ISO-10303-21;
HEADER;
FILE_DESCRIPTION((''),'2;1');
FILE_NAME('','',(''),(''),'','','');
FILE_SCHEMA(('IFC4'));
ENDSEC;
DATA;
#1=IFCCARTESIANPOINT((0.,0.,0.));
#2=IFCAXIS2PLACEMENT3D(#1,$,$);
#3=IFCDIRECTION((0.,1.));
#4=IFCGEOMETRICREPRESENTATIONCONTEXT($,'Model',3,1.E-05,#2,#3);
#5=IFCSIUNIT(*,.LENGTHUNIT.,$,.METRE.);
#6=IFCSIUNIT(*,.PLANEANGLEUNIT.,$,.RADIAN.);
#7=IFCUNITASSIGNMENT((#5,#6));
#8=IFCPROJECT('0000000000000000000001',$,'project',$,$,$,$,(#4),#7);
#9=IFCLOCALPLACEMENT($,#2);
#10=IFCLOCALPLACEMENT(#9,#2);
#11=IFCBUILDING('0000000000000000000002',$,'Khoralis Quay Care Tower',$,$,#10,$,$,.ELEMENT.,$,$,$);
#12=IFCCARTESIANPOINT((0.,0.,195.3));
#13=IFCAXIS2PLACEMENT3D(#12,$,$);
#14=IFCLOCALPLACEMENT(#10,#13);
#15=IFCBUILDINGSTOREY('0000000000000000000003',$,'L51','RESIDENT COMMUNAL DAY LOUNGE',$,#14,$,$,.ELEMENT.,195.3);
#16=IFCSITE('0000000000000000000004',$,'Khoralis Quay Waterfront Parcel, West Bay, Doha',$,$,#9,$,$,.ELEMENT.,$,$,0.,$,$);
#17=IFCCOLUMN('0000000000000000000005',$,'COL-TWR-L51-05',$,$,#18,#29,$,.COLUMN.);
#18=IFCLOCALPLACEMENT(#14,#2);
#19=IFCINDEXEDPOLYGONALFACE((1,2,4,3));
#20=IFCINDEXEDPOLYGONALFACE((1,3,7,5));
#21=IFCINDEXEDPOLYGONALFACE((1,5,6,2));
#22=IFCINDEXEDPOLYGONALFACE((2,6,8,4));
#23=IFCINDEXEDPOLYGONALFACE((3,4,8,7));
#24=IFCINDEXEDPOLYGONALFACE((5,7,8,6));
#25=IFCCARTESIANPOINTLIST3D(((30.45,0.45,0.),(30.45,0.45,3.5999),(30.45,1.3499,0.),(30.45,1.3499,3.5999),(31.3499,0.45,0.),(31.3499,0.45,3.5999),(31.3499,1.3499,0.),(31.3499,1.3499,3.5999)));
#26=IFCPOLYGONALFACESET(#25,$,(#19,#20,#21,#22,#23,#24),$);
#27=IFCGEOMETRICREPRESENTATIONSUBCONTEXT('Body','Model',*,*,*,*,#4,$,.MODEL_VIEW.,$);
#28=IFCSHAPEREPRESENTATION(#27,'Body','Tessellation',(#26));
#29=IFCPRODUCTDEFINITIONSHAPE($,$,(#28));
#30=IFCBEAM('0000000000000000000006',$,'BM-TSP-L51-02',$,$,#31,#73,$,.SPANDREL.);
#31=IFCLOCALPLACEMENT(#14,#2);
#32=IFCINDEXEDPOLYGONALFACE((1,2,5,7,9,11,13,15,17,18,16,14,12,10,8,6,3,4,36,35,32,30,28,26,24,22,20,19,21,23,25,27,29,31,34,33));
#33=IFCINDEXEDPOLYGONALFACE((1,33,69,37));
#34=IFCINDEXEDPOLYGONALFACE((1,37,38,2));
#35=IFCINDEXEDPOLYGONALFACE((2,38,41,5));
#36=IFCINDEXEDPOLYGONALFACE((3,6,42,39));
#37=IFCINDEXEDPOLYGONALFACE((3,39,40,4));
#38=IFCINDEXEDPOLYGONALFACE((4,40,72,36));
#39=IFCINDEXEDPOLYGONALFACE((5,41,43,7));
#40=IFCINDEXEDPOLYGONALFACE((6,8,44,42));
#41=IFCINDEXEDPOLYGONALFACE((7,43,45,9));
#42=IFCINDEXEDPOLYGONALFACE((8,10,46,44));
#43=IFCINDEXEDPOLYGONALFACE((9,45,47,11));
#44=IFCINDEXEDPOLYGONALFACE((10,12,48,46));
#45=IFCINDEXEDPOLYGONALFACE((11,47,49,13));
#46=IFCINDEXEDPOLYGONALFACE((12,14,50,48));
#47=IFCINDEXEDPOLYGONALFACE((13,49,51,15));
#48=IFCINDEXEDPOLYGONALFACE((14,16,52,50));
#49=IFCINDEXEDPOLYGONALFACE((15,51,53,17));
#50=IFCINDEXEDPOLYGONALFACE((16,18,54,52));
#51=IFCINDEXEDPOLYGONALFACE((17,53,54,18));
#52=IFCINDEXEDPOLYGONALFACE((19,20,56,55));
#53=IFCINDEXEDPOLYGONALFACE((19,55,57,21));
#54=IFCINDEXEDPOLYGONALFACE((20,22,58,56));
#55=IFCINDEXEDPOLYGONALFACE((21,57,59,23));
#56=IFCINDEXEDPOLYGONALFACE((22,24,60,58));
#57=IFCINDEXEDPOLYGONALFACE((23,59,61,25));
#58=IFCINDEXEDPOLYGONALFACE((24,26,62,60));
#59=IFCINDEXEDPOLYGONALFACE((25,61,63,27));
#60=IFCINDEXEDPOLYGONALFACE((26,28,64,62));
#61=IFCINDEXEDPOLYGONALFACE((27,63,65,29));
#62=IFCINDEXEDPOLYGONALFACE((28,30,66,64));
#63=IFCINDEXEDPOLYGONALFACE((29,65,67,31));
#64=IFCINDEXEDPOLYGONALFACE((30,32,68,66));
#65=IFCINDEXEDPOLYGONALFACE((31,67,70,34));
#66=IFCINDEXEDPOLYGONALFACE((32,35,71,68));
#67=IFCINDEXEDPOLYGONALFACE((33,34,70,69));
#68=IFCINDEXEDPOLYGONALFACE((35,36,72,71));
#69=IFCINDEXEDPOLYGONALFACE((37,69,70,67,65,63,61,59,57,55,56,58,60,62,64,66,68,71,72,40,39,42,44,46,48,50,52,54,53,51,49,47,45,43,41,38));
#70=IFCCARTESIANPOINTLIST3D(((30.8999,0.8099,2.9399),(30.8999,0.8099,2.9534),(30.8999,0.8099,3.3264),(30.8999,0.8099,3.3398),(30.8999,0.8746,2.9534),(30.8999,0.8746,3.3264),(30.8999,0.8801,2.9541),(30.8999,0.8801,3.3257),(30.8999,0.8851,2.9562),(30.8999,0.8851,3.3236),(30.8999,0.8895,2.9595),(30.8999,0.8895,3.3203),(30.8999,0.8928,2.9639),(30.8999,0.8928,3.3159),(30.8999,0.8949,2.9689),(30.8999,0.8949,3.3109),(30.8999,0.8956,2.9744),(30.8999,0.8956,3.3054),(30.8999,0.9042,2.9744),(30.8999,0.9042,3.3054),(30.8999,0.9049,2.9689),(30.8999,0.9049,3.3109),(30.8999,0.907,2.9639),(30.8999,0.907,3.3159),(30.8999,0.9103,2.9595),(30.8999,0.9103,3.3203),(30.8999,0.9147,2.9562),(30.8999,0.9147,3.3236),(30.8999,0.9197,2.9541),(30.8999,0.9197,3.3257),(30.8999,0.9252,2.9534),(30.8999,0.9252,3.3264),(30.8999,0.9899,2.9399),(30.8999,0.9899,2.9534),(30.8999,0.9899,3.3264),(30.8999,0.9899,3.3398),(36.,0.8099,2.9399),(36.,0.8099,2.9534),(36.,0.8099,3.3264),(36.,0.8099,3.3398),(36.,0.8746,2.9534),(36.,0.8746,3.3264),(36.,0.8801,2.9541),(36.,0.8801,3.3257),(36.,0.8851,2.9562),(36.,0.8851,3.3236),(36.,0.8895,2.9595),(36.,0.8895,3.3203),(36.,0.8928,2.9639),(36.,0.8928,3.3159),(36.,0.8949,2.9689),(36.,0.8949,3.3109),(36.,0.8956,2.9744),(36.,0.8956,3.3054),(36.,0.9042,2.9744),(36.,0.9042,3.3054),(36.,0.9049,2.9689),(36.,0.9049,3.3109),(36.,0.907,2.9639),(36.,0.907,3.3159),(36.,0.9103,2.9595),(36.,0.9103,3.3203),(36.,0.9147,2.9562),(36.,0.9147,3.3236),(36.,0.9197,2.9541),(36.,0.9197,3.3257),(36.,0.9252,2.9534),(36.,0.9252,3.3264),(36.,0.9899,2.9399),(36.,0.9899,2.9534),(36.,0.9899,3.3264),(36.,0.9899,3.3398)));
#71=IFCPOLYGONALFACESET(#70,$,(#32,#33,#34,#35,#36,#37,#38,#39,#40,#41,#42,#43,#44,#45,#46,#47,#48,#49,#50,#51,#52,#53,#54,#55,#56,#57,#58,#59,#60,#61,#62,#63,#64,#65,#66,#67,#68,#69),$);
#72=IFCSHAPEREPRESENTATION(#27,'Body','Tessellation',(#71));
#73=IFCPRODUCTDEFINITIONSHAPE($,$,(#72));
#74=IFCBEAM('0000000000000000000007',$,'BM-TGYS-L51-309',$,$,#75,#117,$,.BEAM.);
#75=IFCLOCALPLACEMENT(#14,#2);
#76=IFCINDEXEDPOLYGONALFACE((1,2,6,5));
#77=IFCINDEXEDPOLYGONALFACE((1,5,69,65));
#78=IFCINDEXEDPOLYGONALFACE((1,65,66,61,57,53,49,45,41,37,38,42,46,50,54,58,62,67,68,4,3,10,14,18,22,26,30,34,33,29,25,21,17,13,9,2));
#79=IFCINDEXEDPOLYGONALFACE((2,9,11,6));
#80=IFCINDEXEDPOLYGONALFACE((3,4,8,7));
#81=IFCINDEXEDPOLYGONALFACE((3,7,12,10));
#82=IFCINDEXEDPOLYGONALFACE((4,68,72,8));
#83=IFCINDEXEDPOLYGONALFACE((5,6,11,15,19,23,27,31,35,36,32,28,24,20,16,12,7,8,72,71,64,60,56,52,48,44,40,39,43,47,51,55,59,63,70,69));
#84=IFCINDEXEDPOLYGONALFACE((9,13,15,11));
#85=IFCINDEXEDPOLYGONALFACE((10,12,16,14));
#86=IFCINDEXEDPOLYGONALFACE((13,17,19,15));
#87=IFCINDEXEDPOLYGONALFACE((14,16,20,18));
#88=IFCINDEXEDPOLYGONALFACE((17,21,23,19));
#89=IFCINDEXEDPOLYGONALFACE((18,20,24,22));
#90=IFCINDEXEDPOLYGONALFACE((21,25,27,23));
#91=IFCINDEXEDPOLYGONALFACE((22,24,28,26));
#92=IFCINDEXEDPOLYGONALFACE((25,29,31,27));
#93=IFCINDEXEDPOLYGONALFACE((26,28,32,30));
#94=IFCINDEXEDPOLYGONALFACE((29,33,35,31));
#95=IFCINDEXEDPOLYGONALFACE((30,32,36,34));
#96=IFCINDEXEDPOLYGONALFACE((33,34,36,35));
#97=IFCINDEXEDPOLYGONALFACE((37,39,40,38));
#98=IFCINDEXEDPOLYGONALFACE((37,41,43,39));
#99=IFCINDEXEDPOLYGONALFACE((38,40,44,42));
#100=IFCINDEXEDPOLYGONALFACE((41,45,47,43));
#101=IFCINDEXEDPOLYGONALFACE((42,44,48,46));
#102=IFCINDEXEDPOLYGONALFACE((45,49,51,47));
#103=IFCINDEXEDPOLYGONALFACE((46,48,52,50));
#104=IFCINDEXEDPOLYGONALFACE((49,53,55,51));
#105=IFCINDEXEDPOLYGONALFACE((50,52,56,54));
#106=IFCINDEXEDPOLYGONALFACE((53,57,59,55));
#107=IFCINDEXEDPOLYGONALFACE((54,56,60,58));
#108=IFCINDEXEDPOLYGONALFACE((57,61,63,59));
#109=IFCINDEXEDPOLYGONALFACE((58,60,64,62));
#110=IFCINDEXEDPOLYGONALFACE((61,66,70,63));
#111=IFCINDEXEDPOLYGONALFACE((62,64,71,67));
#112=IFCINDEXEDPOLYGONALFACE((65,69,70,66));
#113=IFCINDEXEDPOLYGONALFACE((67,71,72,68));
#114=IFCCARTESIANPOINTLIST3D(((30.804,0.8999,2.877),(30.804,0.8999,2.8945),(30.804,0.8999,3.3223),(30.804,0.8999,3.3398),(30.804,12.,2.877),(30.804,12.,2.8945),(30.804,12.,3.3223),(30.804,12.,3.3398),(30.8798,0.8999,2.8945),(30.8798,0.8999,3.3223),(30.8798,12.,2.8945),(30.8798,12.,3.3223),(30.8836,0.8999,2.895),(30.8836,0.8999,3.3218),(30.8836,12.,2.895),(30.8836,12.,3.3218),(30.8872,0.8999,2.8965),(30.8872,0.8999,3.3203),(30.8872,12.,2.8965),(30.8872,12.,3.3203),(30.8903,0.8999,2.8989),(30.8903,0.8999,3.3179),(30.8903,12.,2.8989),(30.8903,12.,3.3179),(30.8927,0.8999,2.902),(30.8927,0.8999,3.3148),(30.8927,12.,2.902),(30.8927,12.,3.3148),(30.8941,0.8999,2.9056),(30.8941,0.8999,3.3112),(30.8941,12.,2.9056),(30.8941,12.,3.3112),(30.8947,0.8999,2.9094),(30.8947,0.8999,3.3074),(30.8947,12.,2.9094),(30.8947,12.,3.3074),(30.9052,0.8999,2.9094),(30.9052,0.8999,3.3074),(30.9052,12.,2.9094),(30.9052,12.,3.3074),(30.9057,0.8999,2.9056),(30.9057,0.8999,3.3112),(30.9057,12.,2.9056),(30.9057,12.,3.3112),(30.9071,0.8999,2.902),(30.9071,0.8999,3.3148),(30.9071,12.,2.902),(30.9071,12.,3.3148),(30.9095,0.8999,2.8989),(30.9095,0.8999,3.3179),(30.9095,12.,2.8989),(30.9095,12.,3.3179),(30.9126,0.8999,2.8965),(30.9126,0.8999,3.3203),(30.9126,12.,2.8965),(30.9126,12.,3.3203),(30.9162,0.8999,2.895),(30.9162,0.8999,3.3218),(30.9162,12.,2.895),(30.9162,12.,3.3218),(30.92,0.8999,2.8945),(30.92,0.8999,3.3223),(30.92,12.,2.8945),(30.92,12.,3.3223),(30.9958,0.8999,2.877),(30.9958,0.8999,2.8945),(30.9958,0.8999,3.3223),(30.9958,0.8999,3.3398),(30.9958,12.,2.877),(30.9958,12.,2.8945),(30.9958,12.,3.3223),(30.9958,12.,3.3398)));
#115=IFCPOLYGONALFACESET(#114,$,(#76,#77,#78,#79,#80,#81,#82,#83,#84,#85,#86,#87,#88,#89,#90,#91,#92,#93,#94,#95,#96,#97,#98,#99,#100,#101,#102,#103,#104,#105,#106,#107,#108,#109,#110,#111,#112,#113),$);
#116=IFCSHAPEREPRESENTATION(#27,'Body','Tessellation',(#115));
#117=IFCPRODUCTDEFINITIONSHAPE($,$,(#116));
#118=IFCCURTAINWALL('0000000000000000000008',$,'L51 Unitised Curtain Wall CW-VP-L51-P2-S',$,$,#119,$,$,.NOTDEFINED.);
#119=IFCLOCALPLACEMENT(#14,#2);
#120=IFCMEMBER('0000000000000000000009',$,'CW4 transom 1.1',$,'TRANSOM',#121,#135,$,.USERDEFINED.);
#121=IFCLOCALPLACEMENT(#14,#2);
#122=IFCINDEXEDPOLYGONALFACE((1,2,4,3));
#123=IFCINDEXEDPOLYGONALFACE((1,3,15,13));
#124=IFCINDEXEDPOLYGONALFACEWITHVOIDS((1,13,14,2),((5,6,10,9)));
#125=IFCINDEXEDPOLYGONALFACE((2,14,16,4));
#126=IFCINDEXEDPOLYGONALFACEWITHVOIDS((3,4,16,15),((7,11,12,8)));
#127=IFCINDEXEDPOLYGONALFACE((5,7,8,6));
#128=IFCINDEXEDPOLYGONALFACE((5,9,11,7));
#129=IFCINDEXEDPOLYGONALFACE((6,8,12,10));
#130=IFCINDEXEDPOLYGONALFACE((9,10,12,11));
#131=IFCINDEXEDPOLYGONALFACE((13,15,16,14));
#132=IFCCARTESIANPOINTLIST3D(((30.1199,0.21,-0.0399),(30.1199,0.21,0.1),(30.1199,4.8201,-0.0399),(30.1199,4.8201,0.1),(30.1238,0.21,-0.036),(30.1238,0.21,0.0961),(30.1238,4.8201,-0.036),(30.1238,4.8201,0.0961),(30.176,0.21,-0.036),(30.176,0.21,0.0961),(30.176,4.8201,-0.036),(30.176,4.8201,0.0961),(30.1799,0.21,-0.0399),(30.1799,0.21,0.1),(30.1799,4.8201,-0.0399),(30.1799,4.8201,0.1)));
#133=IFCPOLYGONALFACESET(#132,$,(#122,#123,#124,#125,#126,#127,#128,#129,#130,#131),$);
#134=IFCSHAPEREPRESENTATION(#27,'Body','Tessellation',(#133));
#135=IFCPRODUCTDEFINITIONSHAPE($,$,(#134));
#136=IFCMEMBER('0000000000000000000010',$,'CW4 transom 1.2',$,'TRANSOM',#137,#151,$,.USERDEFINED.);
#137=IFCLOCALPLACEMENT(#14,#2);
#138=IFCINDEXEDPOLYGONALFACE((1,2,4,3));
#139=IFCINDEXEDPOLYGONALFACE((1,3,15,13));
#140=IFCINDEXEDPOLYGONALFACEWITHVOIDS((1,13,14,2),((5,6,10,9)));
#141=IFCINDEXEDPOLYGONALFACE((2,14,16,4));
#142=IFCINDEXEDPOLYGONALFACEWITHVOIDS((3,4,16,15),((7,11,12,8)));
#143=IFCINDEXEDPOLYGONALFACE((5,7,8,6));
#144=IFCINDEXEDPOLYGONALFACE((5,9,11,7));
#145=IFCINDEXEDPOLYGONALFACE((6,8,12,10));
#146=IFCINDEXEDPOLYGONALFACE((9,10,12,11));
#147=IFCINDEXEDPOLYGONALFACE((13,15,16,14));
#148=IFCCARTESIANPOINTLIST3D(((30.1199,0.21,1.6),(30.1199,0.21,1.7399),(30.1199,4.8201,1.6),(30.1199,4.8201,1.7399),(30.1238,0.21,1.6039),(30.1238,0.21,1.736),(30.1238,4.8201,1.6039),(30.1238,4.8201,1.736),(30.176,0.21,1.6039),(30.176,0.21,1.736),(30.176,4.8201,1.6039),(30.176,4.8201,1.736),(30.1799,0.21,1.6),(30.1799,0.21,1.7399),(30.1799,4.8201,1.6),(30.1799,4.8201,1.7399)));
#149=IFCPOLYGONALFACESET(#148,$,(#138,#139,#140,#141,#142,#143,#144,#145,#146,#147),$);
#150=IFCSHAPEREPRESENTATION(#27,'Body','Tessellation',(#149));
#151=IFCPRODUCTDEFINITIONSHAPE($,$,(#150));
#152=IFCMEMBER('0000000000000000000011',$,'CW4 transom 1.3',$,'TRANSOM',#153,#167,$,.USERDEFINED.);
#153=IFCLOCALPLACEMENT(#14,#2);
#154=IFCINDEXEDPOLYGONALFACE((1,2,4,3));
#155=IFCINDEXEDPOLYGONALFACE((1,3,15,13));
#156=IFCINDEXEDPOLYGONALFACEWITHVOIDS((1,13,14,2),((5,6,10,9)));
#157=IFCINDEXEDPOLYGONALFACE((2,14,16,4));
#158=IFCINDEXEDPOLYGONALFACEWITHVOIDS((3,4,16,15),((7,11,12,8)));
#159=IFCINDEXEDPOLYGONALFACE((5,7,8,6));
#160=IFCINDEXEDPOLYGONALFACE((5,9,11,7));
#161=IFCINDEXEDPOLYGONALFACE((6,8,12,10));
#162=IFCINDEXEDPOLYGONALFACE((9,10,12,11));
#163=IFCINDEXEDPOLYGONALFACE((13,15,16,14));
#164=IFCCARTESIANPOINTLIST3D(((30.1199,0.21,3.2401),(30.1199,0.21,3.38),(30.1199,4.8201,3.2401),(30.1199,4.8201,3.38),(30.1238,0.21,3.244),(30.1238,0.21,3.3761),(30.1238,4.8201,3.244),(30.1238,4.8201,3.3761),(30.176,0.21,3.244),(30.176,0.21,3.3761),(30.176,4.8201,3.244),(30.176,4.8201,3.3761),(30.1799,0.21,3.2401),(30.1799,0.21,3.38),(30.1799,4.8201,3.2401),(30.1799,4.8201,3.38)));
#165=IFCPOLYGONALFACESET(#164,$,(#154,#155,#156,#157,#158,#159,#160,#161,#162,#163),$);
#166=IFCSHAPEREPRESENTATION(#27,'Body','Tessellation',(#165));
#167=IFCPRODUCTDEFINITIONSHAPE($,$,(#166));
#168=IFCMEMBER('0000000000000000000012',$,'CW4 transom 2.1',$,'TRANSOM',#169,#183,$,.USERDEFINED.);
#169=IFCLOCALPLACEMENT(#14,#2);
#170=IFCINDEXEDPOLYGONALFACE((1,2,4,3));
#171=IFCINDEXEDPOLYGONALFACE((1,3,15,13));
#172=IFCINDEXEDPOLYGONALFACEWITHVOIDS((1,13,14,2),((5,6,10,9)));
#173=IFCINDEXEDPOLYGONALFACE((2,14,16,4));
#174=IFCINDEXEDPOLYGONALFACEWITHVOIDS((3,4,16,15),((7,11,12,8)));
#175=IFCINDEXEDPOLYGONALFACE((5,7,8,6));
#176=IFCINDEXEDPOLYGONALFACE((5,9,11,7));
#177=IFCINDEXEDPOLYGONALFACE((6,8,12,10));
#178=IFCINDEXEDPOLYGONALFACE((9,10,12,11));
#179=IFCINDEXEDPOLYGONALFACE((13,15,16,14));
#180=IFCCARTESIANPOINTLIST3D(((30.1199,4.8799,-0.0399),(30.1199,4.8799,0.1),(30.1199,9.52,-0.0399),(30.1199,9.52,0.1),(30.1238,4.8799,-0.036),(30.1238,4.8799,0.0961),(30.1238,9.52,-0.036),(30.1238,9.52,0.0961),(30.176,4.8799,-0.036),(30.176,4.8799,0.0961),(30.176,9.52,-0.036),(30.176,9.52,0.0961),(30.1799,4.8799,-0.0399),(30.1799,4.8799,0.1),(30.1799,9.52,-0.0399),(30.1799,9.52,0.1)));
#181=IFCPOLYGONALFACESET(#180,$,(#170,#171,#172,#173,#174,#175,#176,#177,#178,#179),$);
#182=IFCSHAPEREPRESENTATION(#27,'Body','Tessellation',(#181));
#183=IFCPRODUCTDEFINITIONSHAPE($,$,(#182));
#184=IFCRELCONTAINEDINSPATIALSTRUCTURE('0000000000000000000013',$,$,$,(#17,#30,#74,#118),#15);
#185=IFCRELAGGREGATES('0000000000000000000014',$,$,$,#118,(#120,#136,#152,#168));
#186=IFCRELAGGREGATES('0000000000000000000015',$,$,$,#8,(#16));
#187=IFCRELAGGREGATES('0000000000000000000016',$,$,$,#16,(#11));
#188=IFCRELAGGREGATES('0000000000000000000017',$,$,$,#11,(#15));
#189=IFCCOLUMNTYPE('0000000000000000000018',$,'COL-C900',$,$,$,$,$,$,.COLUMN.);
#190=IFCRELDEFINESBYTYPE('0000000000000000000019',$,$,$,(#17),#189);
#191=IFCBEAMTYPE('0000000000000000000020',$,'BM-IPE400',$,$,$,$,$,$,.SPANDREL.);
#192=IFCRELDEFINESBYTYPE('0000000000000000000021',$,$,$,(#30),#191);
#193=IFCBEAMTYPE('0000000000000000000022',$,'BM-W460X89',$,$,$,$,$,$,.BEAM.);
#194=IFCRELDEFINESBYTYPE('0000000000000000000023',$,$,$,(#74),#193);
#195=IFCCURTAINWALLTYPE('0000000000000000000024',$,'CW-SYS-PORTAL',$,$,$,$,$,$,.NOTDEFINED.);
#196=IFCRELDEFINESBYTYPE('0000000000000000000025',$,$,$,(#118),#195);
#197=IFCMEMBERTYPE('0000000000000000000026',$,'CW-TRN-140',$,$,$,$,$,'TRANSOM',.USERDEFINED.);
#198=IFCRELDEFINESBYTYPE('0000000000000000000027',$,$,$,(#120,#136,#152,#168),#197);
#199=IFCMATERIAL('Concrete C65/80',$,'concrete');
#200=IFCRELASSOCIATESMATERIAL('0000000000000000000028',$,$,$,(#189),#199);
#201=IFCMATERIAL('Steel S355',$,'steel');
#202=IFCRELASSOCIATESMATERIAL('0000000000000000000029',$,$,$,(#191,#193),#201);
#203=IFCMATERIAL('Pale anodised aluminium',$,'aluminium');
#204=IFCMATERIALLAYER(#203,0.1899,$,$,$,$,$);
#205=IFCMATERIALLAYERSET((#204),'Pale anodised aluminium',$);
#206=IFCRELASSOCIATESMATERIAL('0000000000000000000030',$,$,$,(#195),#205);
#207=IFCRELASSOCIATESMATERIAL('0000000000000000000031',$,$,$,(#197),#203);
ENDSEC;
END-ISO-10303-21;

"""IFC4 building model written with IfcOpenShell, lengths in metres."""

from ifc_helpers import new_model, si_unit, direction, frame, origin, origin_2d, place, context, subcontext, project, spatial, rectangle, hollow_rectangle, i_section, extrude, source, transform, mapped, material, layer, layer_set, material_profile, profile_set, type_object, element, aggregate, save


model = new_model("IFC4")

# Units and contexts
model_context = context("Model", 3, precision=1e-05, world=origin(), true_north=direction((0.0, 1.0)))
body_context = subcontext(model_context, "Body", "Model", "MODEL_VIEW")
ifc_project = project(units=[si_unit("LENGTHUNIT", "METRE"), si_unit("PLANEANGLEUNIT", "RADIAN")], contexts=[model_context])

# Site, building, storey
site_placement = place(None, origin())
site = spatial("IfcSite", under=ifc_project, at=site_placement, Name="Khoralis Quay Waterfront Parcel, West Bay, Doha", CompositionType="ELEMENT", RefElevation=0.0)
building_placement = place(site_placement, origin())
building = spatial("IfcBuilding", under=site, at=building_placement, Name="Khoralis Quay Care Tower", CompositionType="ELEMENT")
storey_placement = place(building_placement, frame((0.0, 0.0, 195.3)))
storey = spatial("IfcBuildingStorey", under=building, at=storey_placement, Name="L51", Description="RESIDENT COMMUNAL DAY LOUNGE", CompositionType="ELEMENT", Elevation=195.3)

# Column
ifc_material_1 = material(Name="Concrete C65/80", Category="concrete")
ifc_material_profile_1 = material_profile(ifc_material_1, rectangle(XDim=0.8999, YDim=0.8999, at=origin_2d()), Name="Concrete C65/80")
ifc_profile_set_1 = profile_set([ifc_material_profile_1], Name="Concrete C65/80")
column_type = type_object("IfcColumnType", Name="COL-C900", PredefinedType="COLUMN", material=ifc_profile_set_1)
shared_shape_1 = source(origin(), body_context, "Body", "SweptSolid", [
    extrude(rectangle(XDim=0.8999, YDim=0.8999, at=origin_2d()), origin(), (0.0, 0.0, 1.0), 3.5999),
])
column_placement = place(storey_placement, frame((30.8999, 0.8999, 0.0), z_axis=(0.0, 0.0, 1.0), x_axis=(1.0, 0.0, 0.0)))
element("IfcColumn", 1, at=column_placement, inside=storey, type_object=column_type, Name="COL-TWR-L51-05", PredefinedType="COLUMN", context=body_context, shape_type="MappedRepresentation", body=[
    mapped(shared_shape_1, transform((0.0, 0.0, 0.0), scale=1.0)),
])

# Beams
ifc_material_2 = material(Name="Steel S355", Category="steel")
ifc_material_profile_2 = material_profile(ifc_material_2, i_section(OverallWidth=0.1799, OverallDepth=0.3999, WebThickness=0.0085, FlangeThickness=0.0134, FilletRadius=0.021, at=origin_2d()), Name="Steel S355")
ifc_profile_set_2 = profile_set([ifc_material_profile_2], Name="Steel S355")
beam_type_1 = type_object("IfcBeamType", Name="BM-IPE400", PredefinedType="SPANDREL", material=ifc_profile_set_2)
shared_shape_2 = source(origin(), body_context, "Body", "SweptSolid", [
    extrude(i_section(OverallWidth=0.1799, OverallDepth=0.3999, WebThickness=0.0085, FlangeThickness=0.0134, FilletRadius=0.021, at=origin_2d()), origin(), (0.0, 0.0, 1.0), 5.1001),
])
beam_1_placement = place(storey_placement, frame((30.8999, 0.8999, 3.1399), z_axis=(1.0, 0.0, 0.0), x_axis=(0.0, 1.0, 0.0)))
element("IfcBeam", 2, at=beam_1_placement, inside=storey, type_object=beam_type_1, Name="BM-TSP-L51-02", PredefinedType="SPANDREL", context=body_context, shape_type="MappedRepresentation", body=[
    mapped(shared_shape_2, transform((0.0, 0.0, 0.0), scale=1.0)),
])
ifc_material_profile_3 = material_profile(ifc_material_2, i_section(OverallWidth=0.1919, OverallDepth=0.4629, WebThickness=0.0105, FlangeThickness=0.0176, FilletRadius=0.0149, at=origin_2d()), Name="Steel S355")
ifc_profile_set_3 = profile_set([ifc_material_profile_3], Name="Steel S355")
beam_type_2 = type_object("IfcBeamType", Name="BM-W460X89", PredefinedType="BEAM", material=ifc_profile_set_3)
shared_shape_3 = source(origin(), body_context, "Body", "SweptSolid", [
    extrude(i_section(OverallWidth=0.1919, OverallDepth=0.4629, WebThickness=0.0105, FlangeThickness=0.0176, FilletRadius=0.0149, at=origin_2d()), origin(), (0.0, 0.0, 1.0), 11.1001),
])
beam_2_placement = place(storey_placement, frame((30.8999, 0.8999, 3.1084), z_axis=(0.0, 1.0, 0.0), x_axis=(-1.0, 0.0, 0.0)))
element("IfcBeam", 3, at=beam_2_placement, inside=storey, type_object=beam_type_2, Name="BM-TGYS-L51-309", PredefinedType="BEAM", context=body_context, shape_type="MappedRepresentation", body=[
    mapped(shared_shape_3, transform((0.0, 0.0, 0.0), scale=1.0)),
])

# Curtain wall, members
ifc_material_3 = material(Name="Pale anodised aluminium", Category="aluminium")
ifc_layer_1 = layer(ifc_material_3, 0.1899)
ifc_layer_set_1 = layer_set([ifc_layer_1], Name="Pale anodised aluminium")
curtain_wall_type = type_object("IfcCurtainWallType", Name="CW-SYS-PORTAL", PredefinedType="NOTDEFINED", material=ifc_layer_set_1)
curtain_wall_placement = place(storey_placement, origin())
curtain_wall = element("IfcCurtainWall", 4, at=curtain_wall_placement, inside=storey, type_object=curtain_wall_type, Name="L51 Unitised Curtain Wall CW-VP-L51-P2-S", PredefinedType="NOTDEFINED")
ifc_material_profile_4 = material_profile(ifc_material_3, hollow_rectangle(XDim=0.0601, YDim=0.1399, WallThickness=0.0039, at=origin_2d()), Name="Pale anodised aluminium")
ifc_profile_set_4 = profile_set([ifc_material_profile_4], Name="Pale anodised aluminium")
member_type_1 = type_object("IfcMemberType", Name="CW-TRN-140", ElementType="TRANSOM", PredefinedType="USERDEFINED", material=ifc_profile_set_4)
shared_shape_4 = source(origin(), body_context, "Body", "SweptSolid", [
    extrude(hollow_rectangle(XDim=0.0601, YDim=0.1399, WallThickness=0.0039, at=origin_2d()), origin(), (0.0, 0.0, 1.0), 4.6101),
])
member_1_placement = place(storey_placement, frame((30.1499, 0.21, 0.03), z_axis=(0.0, 1.0, 0.0), x_axis=(-1.0, 0.0, 0.0)))
member_1 = element("IfcMember", 5, at=member_1_placement, type_object=member_type_1, Name="CW4 transom 1.1", ObjectType="TRANSOM", PredefinedType="USERDEFINED", context=body_context, shape_type="MappedRepresentation", body=[
    mapped(shared_shape_4, transform((0.0, 0.0, 0.0), scale=1.0)),
])
member_2_placement = place(storey_placement, frame((30.1499, 0.21, 1.6699), z_axis=(0.0, 1.0, 0.0), x_axis=(-1.0, 0.0, 0.0)))
member_2 = element("IfcMember", 6, at=member_2_placement, type_object=member_type_1, Name="CW4 transom 1.2", ObjectType="TRANSOM", PredefinedType="USERDEFINED", context=body_context, shape_type="MappedRepresentation", body=[
    mapped(shared_shape_4, transform((0.0, 0.0, 0.0), scale=1.0)),
])
member_3_placement = place(storey_placement, frame((30.1499, 0.21, 3.3101), z_axis=(0.0, 1.0, 0.0), x_axis=(-1.0, 0.0, 0.0)))
member_3 = element("IfcMember", 7, at=member_3_placement, type_object=member_type_1, Name="CW4 transom 1.3", ObjectType="TRANSOM", PredefinedType="USERDEFINED", context=body_context, shape_type="MappedRepresentation", body=[
    mapped(shared_shape_4, transform((0.0, 0.0, 0.0), scale=1.0)),
])
shared_shape_5 = source(origin(), body_context, "Body", "SweptSolid", [
    extrude(hollow_rectangle(XDim=0.0601, YDim=0.1399, WallThickness=0.0039, at=origin_2d()), origin(), (0.0, 0.0, 1.0), 4.6401),
])
member_4_placement = place(storey_placement, frame((30.1499, 4.8799, 0.03), z_axis=(0.0, 1.0, 0.0), x_axis=(-1.0, 0.0, 0.0)))
member_4 = element("IfcMember", 8, at=member_4_placement, type_object=member_type_1, Name="CW4 transom 2.1", ObjectType="TRANSOM", PredefinedType="USERDEFINED", context=body_context, shape_type="MappedRepresentation", body=[
    mapped(shared_shape_5, transform((0.0, 0.0, 0.0), scale=1.0)),
])
aggregate(curtain_wall, [member_1, member_2, member_3, member_4])

save(model, "model.ifc")
